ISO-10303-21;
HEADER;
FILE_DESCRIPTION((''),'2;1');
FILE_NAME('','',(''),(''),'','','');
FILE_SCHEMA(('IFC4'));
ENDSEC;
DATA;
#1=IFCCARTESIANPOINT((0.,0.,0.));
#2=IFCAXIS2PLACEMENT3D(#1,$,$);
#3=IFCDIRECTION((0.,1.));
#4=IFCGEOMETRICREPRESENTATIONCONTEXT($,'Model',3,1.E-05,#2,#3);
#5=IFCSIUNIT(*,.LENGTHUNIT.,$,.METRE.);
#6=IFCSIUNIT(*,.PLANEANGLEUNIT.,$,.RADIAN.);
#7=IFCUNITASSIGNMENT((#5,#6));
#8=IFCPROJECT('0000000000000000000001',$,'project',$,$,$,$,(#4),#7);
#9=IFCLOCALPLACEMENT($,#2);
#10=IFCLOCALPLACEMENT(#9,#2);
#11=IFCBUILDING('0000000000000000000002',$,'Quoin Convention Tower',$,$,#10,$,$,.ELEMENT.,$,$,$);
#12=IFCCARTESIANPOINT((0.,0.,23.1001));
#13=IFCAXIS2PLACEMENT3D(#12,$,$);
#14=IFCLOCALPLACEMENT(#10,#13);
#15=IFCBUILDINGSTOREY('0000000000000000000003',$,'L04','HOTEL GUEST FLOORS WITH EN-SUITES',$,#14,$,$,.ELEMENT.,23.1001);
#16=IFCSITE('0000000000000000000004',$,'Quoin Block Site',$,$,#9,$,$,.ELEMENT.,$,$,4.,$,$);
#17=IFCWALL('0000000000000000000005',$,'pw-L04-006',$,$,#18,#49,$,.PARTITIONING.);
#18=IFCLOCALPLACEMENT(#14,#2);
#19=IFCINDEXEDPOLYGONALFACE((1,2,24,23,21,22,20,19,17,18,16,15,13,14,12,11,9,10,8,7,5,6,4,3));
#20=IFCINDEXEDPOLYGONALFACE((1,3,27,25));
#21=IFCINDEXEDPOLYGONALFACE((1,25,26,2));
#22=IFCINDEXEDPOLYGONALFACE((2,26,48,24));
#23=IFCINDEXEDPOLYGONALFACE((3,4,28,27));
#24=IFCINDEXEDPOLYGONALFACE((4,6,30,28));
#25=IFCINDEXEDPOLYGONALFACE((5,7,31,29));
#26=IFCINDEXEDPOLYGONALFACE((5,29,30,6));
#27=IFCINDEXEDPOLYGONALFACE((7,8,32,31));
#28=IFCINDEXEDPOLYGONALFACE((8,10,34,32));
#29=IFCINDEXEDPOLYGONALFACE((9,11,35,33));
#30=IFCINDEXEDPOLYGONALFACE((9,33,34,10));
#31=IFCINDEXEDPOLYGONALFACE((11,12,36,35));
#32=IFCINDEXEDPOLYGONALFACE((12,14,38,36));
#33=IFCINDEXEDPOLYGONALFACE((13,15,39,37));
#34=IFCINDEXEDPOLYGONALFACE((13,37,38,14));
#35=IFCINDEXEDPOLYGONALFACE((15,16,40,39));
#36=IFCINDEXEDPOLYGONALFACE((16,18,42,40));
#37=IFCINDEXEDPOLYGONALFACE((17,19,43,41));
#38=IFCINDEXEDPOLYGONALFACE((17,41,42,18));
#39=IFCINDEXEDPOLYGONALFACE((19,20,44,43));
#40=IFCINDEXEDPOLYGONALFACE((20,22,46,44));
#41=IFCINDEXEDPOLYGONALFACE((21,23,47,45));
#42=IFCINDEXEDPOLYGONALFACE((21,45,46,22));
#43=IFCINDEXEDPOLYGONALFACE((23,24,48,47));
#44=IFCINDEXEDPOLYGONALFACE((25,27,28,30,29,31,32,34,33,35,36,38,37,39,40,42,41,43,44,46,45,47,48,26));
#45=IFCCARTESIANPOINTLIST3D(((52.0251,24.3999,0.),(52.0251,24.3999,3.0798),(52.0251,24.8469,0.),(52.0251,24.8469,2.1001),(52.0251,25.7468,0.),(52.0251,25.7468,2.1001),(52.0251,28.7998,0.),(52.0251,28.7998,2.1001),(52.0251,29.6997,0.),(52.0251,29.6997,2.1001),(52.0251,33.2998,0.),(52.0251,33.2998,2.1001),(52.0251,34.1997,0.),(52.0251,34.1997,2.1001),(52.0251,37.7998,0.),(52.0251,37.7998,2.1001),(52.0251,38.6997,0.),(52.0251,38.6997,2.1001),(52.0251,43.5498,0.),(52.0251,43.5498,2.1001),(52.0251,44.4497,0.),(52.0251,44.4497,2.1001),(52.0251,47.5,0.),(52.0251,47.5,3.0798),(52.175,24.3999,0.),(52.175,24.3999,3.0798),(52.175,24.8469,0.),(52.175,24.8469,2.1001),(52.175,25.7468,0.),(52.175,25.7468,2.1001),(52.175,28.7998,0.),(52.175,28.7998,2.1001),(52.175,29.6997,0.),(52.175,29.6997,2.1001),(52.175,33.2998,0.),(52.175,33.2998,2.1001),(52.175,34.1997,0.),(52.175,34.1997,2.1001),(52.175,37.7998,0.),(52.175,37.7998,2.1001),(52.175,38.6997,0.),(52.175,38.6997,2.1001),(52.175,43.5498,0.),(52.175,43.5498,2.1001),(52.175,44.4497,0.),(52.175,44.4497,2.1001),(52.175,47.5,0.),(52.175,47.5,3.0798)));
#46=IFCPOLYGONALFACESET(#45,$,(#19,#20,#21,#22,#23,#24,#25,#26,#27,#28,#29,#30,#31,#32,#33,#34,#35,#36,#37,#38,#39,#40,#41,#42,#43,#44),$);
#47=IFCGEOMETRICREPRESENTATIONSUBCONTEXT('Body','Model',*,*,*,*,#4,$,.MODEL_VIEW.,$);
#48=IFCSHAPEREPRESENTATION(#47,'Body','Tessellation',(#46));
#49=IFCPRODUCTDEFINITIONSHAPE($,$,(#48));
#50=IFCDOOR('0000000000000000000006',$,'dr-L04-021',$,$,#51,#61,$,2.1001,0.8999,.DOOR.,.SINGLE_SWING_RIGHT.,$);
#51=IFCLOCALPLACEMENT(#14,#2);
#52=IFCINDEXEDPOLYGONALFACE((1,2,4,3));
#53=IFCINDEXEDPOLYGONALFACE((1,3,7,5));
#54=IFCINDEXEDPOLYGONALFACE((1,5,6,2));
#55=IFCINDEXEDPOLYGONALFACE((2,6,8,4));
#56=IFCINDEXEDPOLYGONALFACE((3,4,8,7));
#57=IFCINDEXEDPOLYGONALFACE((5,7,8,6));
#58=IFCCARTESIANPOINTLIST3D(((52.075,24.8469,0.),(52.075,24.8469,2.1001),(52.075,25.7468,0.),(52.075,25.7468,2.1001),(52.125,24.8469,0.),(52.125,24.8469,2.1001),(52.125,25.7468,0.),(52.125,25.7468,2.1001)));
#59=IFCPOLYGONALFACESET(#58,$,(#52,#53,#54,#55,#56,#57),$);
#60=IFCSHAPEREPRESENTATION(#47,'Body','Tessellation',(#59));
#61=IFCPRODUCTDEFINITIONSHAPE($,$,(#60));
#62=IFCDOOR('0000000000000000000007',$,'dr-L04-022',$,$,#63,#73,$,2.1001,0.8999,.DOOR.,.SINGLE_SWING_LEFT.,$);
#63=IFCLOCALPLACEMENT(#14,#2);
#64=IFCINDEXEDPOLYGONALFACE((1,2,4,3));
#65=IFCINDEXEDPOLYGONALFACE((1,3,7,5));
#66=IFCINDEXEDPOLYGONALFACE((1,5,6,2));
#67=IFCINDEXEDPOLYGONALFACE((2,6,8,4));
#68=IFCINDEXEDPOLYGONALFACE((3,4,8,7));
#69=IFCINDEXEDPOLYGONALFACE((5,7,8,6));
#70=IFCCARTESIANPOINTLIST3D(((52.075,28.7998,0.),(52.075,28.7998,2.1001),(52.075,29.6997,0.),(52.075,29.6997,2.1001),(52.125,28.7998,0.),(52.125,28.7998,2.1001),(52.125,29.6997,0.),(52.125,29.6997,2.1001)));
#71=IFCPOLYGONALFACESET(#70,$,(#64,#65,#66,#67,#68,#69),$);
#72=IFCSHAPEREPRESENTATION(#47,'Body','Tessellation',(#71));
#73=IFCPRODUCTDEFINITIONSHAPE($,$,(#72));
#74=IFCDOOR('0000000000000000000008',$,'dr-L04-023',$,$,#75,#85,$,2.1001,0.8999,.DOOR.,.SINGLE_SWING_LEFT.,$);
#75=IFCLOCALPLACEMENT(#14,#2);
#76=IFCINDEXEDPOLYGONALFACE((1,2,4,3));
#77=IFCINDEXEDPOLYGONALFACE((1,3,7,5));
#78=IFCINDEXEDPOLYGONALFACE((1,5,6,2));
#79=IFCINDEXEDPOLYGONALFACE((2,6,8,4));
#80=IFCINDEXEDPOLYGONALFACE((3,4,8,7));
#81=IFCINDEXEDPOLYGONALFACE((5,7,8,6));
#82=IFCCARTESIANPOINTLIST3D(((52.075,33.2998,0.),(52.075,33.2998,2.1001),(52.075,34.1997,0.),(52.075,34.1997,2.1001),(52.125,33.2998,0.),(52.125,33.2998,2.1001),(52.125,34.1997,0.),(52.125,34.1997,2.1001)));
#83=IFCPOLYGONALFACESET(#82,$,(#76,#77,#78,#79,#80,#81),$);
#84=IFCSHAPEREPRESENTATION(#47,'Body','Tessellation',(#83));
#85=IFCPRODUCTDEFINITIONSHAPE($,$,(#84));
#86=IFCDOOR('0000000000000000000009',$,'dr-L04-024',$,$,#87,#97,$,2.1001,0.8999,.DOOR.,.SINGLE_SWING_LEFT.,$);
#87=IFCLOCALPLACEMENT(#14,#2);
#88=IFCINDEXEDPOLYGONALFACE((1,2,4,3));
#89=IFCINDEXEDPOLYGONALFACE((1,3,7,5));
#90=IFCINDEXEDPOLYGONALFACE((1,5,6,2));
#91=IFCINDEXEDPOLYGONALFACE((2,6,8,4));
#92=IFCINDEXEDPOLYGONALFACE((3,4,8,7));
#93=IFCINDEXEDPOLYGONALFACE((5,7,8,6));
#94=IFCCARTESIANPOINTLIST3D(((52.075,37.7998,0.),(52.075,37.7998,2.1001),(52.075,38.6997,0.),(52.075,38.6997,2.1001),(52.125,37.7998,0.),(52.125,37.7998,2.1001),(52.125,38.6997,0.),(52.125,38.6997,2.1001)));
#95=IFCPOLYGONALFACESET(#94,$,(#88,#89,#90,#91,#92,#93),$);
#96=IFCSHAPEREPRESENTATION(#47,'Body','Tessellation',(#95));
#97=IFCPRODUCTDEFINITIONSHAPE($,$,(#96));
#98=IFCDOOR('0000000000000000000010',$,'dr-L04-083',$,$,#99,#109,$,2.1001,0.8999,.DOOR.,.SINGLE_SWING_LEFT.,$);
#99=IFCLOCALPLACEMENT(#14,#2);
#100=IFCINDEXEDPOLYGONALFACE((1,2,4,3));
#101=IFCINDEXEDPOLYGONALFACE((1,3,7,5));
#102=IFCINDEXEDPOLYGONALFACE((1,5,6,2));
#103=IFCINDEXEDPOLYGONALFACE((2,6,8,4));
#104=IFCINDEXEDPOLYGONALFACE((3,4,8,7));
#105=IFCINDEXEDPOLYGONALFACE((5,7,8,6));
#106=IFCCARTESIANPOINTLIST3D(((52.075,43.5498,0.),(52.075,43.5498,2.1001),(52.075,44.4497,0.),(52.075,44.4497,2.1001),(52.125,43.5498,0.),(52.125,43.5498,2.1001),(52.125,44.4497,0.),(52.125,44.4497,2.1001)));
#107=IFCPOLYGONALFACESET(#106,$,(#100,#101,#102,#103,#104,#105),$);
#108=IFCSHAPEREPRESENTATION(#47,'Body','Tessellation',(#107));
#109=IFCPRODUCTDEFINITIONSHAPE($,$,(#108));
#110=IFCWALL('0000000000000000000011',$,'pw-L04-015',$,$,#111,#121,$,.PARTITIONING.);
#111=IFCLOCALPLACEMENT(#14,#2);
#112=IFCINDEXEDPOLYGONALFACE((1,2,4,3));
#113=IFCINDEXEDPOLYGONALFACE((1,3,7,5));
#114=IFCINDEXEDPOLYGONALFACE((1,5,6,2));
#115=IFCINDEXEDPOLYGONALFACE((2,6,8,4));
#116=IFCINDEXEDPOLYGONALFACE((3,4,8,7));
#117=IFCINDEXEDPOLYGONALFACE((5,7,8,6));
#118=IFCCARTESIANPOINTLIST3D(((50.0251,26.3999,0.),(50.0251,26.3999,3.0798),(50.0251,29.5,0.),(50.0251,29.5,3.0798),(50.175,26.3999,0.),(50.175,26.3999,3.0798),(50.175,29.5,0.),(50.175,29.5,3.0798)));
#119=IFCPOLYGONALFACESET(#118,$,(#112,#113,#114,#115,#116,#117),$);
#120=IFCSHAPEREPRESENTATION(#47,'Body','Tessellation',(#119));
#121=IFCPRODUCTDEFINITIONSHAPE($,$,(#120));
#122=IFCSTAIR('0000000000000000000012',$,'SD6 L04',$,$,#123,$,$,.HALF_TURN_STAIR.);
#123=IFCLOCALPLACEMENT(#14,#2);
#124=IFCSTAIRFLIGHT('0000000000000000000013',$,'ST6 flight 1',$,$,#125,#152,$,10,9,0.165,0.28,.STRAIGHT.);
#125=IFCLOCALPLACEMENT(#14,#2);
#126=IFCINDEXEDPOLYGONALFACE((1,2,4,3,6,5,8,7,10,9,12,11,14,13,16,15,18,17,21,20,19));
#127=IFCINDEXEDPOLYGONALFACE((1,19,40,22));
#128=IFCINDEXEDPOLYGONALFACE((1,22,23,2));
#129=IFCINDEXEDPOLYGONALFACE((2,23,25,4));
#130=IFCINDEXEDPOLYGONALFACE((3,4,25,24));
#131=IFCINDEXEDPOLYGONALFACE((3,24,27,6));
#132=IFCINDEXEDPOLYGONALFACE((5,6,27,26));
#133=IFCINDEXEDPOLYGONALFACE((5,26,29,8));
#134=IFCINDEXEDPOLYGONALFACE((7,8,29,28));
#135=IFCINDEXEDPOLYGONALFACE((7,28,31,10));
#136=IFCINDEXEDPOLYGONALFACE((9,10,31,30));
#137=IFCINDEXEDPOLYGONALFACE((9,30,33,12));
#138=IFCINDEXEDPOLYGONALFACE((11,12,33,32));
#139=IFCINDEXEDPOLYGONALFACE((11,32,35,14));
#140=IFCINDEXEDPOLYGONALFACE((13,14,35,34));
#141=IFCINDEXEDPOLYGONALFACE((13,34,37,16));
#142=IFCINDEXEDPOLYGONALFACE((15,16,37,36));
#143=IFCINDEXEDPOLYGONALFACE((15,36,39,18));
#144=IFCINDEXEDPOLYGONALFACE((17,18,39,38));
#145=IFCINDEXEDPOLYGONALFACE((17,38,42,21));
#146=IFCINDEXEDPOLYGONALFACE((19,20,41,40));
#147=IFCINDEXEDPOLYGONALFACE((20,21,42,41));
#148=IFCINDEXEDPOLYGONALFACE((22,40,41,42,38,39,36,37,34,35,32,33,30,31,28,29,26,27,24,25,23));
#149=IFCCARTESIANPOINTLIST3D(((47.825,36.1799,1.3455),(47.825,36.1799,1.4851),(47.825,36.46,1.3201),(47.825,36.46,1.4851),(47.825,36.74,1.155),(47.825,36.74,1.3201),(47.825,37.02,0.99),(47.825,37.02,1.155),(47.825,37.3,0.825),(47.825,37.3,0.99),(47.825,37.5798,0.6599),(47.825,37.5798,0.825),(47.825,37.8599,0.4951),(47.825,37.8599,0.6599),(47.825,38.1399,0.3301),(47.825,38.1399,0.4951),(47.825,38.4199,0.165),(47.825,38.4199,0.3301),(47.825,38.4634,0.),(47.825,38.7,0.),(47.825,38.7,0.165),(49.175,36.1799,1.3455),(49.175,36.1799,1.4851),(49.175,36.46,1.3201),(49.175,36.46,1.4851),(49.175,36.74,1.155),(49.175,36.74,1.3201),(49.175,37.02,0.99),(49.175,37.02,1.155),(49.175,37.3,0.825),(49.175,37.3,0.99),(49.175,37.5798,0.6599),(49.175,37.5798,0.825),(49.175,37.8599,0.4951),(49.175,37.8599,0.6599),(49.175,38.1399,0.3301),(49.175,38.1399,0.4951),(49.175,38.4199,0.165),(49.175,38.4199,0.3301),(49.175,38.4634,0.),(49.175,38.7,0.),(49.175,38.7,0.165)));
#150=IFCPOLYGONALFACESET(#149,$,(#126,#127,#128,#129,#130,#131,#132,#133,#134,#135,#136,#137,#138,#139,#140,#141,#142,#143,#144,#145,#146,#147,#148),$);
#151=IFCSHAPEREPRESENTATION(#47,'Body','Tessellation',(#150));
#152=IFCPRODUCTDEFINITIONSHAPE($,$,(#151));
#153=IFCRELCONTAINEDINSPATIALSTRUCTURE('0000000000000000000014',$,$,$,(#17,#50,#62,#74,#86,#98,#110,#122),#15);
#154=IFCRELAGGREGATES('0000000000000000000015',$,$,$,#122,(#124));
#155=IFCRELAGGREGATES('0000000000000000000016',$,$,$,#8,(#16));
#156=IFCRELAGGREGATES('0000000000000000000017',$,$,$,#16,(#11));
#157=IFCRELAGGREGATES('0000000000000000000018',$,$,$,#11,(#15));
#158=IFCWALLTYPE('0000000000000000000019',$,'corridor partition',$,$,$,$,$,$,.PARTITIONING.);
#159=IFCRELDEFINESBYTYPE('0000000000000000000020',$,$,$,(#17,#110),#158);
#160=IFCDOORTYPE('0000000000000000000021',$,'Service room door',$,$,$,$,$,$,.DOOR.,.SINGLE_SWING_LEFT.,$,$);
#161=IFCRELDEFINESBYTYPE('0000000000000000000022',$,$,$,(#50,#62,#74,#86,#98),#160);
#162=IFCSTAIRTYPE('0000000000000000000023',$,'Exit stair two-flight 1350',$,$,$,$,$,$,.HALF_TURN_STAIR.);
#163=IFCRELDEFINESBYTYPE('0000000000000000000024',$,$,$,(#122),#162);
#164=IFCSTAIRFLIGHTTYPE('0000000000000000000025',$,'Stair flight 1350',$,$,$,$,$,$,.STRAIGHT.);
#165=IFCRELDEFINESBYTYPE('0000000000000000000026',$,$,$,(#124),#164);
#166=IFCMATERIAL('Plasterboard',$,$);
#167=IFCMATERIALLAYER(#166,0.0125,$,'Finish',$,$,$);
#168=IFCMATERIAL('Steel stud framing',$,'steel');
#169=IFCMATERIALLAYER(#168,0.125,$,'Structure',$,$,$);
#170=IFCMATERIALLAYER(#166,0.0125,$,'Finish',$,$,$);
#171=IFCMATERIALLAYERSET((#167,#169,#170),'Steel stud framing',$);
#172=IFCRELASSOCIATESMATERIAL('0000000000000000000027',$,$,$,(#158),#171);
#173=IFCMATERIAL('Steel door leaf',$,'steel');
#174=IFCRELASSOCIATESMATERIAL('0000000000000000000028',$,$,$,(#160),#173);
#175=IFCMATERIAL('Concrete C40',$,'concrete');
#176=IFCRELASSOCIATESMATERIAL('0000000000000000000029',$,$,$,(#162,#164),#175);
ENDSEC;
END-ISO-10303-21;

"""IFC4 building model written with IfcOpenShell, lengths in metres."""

from ifc_helpers import new_model, si_unit, direction, frame, frame_2d, origin, place, context, subcontext, project, spatial, polyline, rectangle, outline, extrude, material, layer, layer_set, type_object, element, fill, aggregate, save


model = new_model("IFC4")

# Units and contexts
model_context = context("Model", 3, precision=1e-05, world=origin(), true_north=direction((0.0, 1.0)))
body_context = subcontext(model_context, "Body", "Model", "MODEL_VIEW")
ifc_project = project(units=[si_unit("LENGTHUNIT", "METRE"), si_unit("PLANEANGLEUNIT", "RADIAN")], contexts=[model_context])

# Site, building, storey
site_placement = place(None, origin())
site = spatial("IfcSite", under=ifc_project, at=site_placement, Name="Quoin Block Site", CompositionType="ELEMENT", RefElevation=4.0)
building_placement = place(site_placement, origin())
building = spatial("IfcBuilding", under=site, at=building_placement, Name="Quoin Convention Tower", CompositionType="ELEMENT")
storey_placement = place(building_placement, frame((0.0, 0.0, 23.1001)))
storey = spatial("IfcBuildingStorey", under=building, at=storey_placement, Name="L04", Description="HOTEL GUEST FLOORS WITH EN-SUITES", CompositionType="ELEMENT", Elevation=23.1001)

# Wall, openings, doors
ifc_material_1 = material(Name="Plasterboard")
ifc_layer_1 = layer(ifc_material_1, 0.0125, Name="Finish")
ifc_material_2 = material(Name="Steel stud framing", Category="steel")
ifc_layer_2 = layer(ifc_material_2, 0.125, Name="Structure")
ifc_layer_3 = layer(ifc_material_1, 0.0125, Name="Finish")
ifc_layer_set_1 = layer_set([ifc_layer_1, ifc_layer_2, ifc_layer_3], Name="Steel stud framing")
wall_type_1 = type_object("IfcWallType", Name="corridor partition", PredefinedType="PARTITIONING", material=ifc_layer_set_1)
wall_1_placement = place(storey_placement, frame((52.1001, 24.3999, 0.0), z_axis=(0.0, 0.0, 1.0), x_axis=(0.0, 1.0, 0.0)))
wall_1 = element("IfcWall", 1, at=wall_1_placement, inside=storey, type_object=wall_type_1, Name="pw-L04-006", PredefinedType="PARTITIONING", context=body_context, shape_type="SweptSolid", body=[
    extrude(rectangle(XDim=23.1001, YDim=0.1499, at=frame_2d((11.55, 0.0))), origin(), (0.0, 0.0, 1.0), 3.0798),
])
opening_1_placement = place(wall_1_placement, frame((0.447, 0.0, 0.0)))
opening_1 = element("IfcOpeningElement", 2, at=opening_1_placement, cuts=wall_1, PredefinedType="OPENING", context=body_context, shape_type="SweptSolid", body=[
    extrude(rectangle(XDim=0.8999, YDim=2.1001, at=frame_2d((0.45, 1.05))), frame((0.0, 0.085, 0.0), z_axis=(0.0, -1.0, 0.0), x_axis=(1.0, 0.0, 0.0)), (0.0, 0.0, 1.0), 0.1699),
])
opening_2_placement = place(wall_1_placement, frame((4.3999, 0.0, 0.0)))
opening_2 = element("IfcOpeningElement", 3, at=opening_2_placement, cuts=wall_1, PredefinedType="OPENING", context=body_context, shape_type="SweptSolid", body=[
    extrude(rectangle(XDim=0.8999, YDim=2.1001, at=frame_2d((0.45, 1.05))), frame((0.0, 0.085, 0.0), z_axis=(0.0, -1.0, 0.0), x_axis=(1.0, 0.0, 0.0)), (0.0, 0.0, 1.0), 0.1699),
])
opening_3_placement = place(wall_1_placement, frame((8.8999, 0.0, 0.0)))
opening_3 = element("IfcOpeningElement", 4, at=opening_3_placement, cuts=wall_1, PredefinedType="OPENING", context=body_context, shape_type="SweptSolid", body=[
    extrude(rectangle(XDim=0.8999, YDim=2.1001, at=frame_2d((0.45, 1.05))), frame((0.0, 0.085, 0.0), z_axis=(0.0, -1.0, 0.0), x_axis=(1.0, 0.0, 0.0)), (0.0, 0.0, 1.0), 0.1699),
])
opening_4_placement = place(wall_1_placement, frame((13.3999, 0.0, 0.0)))
opening_4 = element("IfcOpeningElement", 5, at=opening_4_placement, cuts=wall_1, PredefinedType="OPENING", context=body_context, shape_type="SweptSolid", body=[
    extrude(rectangle(XDim=0.8999, YDim=2.1001, at=frame_2d((0.45, 1.05))), frame((0.0, 0.085, 0.0), z_axis=(0.0, -1.0, 0.0), x_axis=(1.0, 0.0, 0.0)), (0.0, 0.0, 1.0), 0.1699),
])
opening_5_placement = place(wall_1_placement, frame((19.1499, 0.0, 0.0)))
opening_5 = element("IfcOpeningElement", 6, at=opening_5_placement, cuts=wall_1, PredefinedType="OPENING", context=body_context, shape_type="SweptSolid", body=[
    extrude(rectangle(XDim=0.8999, YDim=2.1001, at=frame_2d((0.45, 1.05))), frame((0.0, 0.085, 0.0), z_axis=(0.0, -1.0, 0.0), x_axis=(1.0, 0.0, 0.0)), (0.0, 0.0, 1.0), 0.1699),
])
ifc_material_3 = material(Name="Steel door leaf", Category="steel")
door_type = type_object("IfcDoorType", Name="Service room door", OperationType="SINGLE_SWING_LEFT", PredefinedType="DOOR", material=ifc_material_3)
door_1_placement = place(opening_1_placement, frame((0.8999, 0.0, 0.0), z_axis=(0.0, 0.0, 1.0), x_axis=(-1.0, 0.0, 0.0)))
door_1 = element("IfcDoor", 7, at=door_1_placement, inside=storey, type_object=door_type, Name="dr-L04-021", OperationType="SINGLE_SWING_RIGHT", OverallHeight=2.1001, OverallWidth=0.8999, PredefinedType="DOOR", context=body_context, shape_type="SweptSolid", body=[
    extrude(rectangle(XDim=0.8999, YDim=2.1001, at=frame_2d((0.45, 1.05))), frame((0.0, 0.0249, 0.0), z_axis=(0.0, -1.0, 0.0), x_axis=(1.0, 0.0, 0.0)), (0.0, 0.0, 1.0), 0.05),
])
fill(opening_1, door_1)
door_2_placement = place(opening_2_placement, frame((0.8999, 0.0, 0.0), z_axis=(0.0, 0.0, 1.0), x_axis=(-1.0, 0.0, 0.0)))
door_2 = element("IfcDoor", 8, at=door_2_placement, inside=storey, type_object=door_type, Name="dr-L04-022", OperationType="SINGLE_SWING_LEFT", OverallHeight=2.1001, OverallWidth=0.8999, PredefinedType="DOOR", context=body_context, shape_type="SweptSolid", body=[
    extrude(rectangle(XDim=0.8999, YDim=2.1001, at=frame_2d((0.45, 1.05))), frame((0.0, 0.0249, 0.0), z_axis=(0.0, -1.0, 0.0), x_axis=(1.0, 0.0, 0.0)), (0.0, 0.0, 1.0), 0.05),
])
fill(opening_2, door_2)
door_3_placement = place(opening_3_placement, frame((0.8999, 0.0, 0.0), z_axis=(0.0, 0.0, 1.0), x_axis=(-1.0, 0.0, 0.0)))
door_3 = element("IfcDoor", 9, at=door_3_placement, inside=storey, type_object=door_type, Name="dr-L04-023", OperationType="SINGLE_SWING_LEFT", OverallHeight=2.1001, OverallWidth=0.8999, PredefinedType="DOOR", context=body_context, shape_type="SweptSolid", body=[
    extrude(rectangle(XDim=0.8999, YDim=2.1001, at=frame_2d((0.45, 1.05))), frame((0.0, 0.0249, 0.0), z_axis=(0.0, -1.0, 0.0), x_axis=(1.0, 0.0, 0.0)), (0.0, 0.0, 1.0), 0.05),
])
fill(opening_3, door_3)
door_4_placement = place(opening_4_placement, frame((0.8999, 0.0, 0.0), z_axis=(0.0, 0.0, 1.0), x_axis=(-1.0, 0.0, 0.0)))
door_4 = element("IfcDoor", 10, at=door_4_placement, inside=storey, type_object=door_type, Name="dr-L04-024", OperationType="SINGLE_SWING_LEFT", OverallHeight=2.1001, OverallWidth=0.8999, PredefinedType="DOOR", context=body_context, shape_type="SweptSolid", body=[
    extrude(rectangle(XDim=0.8999, YDim=2.1001, at=frame_2d((0.45, 1.05))), frame((0.0, 0.0249, 0.0), z_axis=(0.0, -1.0, 0.0), x_axis=(1.0, 0.0, 0.0)), (0.0, 0.0, 1.0), 0.05),
])
fill(opening_4, door_4)
door_5_placement = place(opening_5_placement, frame((0.8999, 0.0, 0.0), z_axis=(0.0, 0.0, 1.0), x_axis=(-1.0, 0.0, 0.0)))
door_5 = element("IfcDoor", 11, at=door_5_placement, inside=storey, type_object=door_type, Name="dr-L04-083", OperationType="SINGLE_SWING_LEFT", OverallHeight=2.1001, OverallWidth=0.8999, PredefinedType="DOOR", context=body_context, shape_type="SweptSolid", body=[
    extrude(rectangle(XDim=0.8999, YDim=2.1001, at=frame_2d((0.45, 1.05))), frame((0.0, 0.0249, 0.0), z_axis=(0.0, -1.0, 0.0), x_axis=(1.0, 0.0, 0.0)), (0.0, 0.0, 1.0), 0.05),
])
fill(opening_5, door_5)

# Wall
wall_2_placement = place(storey_placement, frame((50.1001, 26.3999, 0.0), z_axis=(0.0, 0.0, 1.0), x_axis=(0.0, 1.0, 0.0)))
element("IfcWall", 12, at=wall_2_placement, inside=storey, type_object=wall_type_1, Name="pw-L04-015", PredefinedType="PARTITIONING", context=body_context, shape_type="SweptSolid", body=[
    extrude(rectangle(XDim=3.1001, YDim=0.1499, at=frame_2d((1.55, 0.0))), origin(), (0.0, 0.0, 1.0), 3.0798),
])

# Stair, stair flight
ifc_material_4 = material(Name="Concrete C40", Category="concrete")
stair_type = type_object("IfcStairType", Name="Exit stair two-flight 1350", PredefinedType="HALF_TURN_STAIR", material=ifc_material_4)
stair_placement = place(storey_placement, origin())
stair = element("IfcStair", 13, at=stair_placement, inside=storey, type_object=stair_type, Name="SD6 L04", PredefinedType="HALF_TURN_STAIR")
stair_flight_type = type_object("IfcStairFlightType", Name="Stair flight 1350", PredefinedType="STRAIGHT", material=ifc_material_4)
stair_flight_placement = place(storey_placement, frame((48.5, 38.7, 0.0), z_axis=(0.0, 0.0, 1.0), x_axis=(0.0, -1.0, 0.0)))
stair_flight = element("IfcStairFlight", 14, at=stair_flight_placement, type_object=stair_flight_type, Name="ST6 flight 1", NumberOfRisers=10, NumberOfTreads=9, PredefinedType="STRAIGHT", RiserHeight=0.165, TreadLength=0.28, context=body_context, shape_type="SweptSolid", body=[
    extrude(outline(polyline([(0.0, 0.0), (0.0, 0.165), (0.28, 0.165), (0.28, 0.3301), (0.5601, 0.3301), (0.5601, 0.4951), (0.8401, 0.4951), (0.8401, 0.6599), (1.1201, 0.6599), (1.1201, 0.825), (1.3999, 0.825), (1.3999, 0.99), (1.6799, 0.99), (1.6799, 1.155), (1.96, 1.155), (1.96, 1.3201), (2.24, 1.3201), (2.24, 1.4851), (2.52, 1.4851), (2.52, 1.6499), (2.52, 1.3455), (0.2366, 0.0), (0.0, 0.0)])), frame((0.0, 0.675, 0.0), z_axis=(0.0, -1.0, 0.0), x_axis=(1.0, 0.0, 0.0)), (0.0, 0.0, 1.0), 1.3501),
])
aggregate(stair, [stair_flight])

save(model, "model.ifc")
